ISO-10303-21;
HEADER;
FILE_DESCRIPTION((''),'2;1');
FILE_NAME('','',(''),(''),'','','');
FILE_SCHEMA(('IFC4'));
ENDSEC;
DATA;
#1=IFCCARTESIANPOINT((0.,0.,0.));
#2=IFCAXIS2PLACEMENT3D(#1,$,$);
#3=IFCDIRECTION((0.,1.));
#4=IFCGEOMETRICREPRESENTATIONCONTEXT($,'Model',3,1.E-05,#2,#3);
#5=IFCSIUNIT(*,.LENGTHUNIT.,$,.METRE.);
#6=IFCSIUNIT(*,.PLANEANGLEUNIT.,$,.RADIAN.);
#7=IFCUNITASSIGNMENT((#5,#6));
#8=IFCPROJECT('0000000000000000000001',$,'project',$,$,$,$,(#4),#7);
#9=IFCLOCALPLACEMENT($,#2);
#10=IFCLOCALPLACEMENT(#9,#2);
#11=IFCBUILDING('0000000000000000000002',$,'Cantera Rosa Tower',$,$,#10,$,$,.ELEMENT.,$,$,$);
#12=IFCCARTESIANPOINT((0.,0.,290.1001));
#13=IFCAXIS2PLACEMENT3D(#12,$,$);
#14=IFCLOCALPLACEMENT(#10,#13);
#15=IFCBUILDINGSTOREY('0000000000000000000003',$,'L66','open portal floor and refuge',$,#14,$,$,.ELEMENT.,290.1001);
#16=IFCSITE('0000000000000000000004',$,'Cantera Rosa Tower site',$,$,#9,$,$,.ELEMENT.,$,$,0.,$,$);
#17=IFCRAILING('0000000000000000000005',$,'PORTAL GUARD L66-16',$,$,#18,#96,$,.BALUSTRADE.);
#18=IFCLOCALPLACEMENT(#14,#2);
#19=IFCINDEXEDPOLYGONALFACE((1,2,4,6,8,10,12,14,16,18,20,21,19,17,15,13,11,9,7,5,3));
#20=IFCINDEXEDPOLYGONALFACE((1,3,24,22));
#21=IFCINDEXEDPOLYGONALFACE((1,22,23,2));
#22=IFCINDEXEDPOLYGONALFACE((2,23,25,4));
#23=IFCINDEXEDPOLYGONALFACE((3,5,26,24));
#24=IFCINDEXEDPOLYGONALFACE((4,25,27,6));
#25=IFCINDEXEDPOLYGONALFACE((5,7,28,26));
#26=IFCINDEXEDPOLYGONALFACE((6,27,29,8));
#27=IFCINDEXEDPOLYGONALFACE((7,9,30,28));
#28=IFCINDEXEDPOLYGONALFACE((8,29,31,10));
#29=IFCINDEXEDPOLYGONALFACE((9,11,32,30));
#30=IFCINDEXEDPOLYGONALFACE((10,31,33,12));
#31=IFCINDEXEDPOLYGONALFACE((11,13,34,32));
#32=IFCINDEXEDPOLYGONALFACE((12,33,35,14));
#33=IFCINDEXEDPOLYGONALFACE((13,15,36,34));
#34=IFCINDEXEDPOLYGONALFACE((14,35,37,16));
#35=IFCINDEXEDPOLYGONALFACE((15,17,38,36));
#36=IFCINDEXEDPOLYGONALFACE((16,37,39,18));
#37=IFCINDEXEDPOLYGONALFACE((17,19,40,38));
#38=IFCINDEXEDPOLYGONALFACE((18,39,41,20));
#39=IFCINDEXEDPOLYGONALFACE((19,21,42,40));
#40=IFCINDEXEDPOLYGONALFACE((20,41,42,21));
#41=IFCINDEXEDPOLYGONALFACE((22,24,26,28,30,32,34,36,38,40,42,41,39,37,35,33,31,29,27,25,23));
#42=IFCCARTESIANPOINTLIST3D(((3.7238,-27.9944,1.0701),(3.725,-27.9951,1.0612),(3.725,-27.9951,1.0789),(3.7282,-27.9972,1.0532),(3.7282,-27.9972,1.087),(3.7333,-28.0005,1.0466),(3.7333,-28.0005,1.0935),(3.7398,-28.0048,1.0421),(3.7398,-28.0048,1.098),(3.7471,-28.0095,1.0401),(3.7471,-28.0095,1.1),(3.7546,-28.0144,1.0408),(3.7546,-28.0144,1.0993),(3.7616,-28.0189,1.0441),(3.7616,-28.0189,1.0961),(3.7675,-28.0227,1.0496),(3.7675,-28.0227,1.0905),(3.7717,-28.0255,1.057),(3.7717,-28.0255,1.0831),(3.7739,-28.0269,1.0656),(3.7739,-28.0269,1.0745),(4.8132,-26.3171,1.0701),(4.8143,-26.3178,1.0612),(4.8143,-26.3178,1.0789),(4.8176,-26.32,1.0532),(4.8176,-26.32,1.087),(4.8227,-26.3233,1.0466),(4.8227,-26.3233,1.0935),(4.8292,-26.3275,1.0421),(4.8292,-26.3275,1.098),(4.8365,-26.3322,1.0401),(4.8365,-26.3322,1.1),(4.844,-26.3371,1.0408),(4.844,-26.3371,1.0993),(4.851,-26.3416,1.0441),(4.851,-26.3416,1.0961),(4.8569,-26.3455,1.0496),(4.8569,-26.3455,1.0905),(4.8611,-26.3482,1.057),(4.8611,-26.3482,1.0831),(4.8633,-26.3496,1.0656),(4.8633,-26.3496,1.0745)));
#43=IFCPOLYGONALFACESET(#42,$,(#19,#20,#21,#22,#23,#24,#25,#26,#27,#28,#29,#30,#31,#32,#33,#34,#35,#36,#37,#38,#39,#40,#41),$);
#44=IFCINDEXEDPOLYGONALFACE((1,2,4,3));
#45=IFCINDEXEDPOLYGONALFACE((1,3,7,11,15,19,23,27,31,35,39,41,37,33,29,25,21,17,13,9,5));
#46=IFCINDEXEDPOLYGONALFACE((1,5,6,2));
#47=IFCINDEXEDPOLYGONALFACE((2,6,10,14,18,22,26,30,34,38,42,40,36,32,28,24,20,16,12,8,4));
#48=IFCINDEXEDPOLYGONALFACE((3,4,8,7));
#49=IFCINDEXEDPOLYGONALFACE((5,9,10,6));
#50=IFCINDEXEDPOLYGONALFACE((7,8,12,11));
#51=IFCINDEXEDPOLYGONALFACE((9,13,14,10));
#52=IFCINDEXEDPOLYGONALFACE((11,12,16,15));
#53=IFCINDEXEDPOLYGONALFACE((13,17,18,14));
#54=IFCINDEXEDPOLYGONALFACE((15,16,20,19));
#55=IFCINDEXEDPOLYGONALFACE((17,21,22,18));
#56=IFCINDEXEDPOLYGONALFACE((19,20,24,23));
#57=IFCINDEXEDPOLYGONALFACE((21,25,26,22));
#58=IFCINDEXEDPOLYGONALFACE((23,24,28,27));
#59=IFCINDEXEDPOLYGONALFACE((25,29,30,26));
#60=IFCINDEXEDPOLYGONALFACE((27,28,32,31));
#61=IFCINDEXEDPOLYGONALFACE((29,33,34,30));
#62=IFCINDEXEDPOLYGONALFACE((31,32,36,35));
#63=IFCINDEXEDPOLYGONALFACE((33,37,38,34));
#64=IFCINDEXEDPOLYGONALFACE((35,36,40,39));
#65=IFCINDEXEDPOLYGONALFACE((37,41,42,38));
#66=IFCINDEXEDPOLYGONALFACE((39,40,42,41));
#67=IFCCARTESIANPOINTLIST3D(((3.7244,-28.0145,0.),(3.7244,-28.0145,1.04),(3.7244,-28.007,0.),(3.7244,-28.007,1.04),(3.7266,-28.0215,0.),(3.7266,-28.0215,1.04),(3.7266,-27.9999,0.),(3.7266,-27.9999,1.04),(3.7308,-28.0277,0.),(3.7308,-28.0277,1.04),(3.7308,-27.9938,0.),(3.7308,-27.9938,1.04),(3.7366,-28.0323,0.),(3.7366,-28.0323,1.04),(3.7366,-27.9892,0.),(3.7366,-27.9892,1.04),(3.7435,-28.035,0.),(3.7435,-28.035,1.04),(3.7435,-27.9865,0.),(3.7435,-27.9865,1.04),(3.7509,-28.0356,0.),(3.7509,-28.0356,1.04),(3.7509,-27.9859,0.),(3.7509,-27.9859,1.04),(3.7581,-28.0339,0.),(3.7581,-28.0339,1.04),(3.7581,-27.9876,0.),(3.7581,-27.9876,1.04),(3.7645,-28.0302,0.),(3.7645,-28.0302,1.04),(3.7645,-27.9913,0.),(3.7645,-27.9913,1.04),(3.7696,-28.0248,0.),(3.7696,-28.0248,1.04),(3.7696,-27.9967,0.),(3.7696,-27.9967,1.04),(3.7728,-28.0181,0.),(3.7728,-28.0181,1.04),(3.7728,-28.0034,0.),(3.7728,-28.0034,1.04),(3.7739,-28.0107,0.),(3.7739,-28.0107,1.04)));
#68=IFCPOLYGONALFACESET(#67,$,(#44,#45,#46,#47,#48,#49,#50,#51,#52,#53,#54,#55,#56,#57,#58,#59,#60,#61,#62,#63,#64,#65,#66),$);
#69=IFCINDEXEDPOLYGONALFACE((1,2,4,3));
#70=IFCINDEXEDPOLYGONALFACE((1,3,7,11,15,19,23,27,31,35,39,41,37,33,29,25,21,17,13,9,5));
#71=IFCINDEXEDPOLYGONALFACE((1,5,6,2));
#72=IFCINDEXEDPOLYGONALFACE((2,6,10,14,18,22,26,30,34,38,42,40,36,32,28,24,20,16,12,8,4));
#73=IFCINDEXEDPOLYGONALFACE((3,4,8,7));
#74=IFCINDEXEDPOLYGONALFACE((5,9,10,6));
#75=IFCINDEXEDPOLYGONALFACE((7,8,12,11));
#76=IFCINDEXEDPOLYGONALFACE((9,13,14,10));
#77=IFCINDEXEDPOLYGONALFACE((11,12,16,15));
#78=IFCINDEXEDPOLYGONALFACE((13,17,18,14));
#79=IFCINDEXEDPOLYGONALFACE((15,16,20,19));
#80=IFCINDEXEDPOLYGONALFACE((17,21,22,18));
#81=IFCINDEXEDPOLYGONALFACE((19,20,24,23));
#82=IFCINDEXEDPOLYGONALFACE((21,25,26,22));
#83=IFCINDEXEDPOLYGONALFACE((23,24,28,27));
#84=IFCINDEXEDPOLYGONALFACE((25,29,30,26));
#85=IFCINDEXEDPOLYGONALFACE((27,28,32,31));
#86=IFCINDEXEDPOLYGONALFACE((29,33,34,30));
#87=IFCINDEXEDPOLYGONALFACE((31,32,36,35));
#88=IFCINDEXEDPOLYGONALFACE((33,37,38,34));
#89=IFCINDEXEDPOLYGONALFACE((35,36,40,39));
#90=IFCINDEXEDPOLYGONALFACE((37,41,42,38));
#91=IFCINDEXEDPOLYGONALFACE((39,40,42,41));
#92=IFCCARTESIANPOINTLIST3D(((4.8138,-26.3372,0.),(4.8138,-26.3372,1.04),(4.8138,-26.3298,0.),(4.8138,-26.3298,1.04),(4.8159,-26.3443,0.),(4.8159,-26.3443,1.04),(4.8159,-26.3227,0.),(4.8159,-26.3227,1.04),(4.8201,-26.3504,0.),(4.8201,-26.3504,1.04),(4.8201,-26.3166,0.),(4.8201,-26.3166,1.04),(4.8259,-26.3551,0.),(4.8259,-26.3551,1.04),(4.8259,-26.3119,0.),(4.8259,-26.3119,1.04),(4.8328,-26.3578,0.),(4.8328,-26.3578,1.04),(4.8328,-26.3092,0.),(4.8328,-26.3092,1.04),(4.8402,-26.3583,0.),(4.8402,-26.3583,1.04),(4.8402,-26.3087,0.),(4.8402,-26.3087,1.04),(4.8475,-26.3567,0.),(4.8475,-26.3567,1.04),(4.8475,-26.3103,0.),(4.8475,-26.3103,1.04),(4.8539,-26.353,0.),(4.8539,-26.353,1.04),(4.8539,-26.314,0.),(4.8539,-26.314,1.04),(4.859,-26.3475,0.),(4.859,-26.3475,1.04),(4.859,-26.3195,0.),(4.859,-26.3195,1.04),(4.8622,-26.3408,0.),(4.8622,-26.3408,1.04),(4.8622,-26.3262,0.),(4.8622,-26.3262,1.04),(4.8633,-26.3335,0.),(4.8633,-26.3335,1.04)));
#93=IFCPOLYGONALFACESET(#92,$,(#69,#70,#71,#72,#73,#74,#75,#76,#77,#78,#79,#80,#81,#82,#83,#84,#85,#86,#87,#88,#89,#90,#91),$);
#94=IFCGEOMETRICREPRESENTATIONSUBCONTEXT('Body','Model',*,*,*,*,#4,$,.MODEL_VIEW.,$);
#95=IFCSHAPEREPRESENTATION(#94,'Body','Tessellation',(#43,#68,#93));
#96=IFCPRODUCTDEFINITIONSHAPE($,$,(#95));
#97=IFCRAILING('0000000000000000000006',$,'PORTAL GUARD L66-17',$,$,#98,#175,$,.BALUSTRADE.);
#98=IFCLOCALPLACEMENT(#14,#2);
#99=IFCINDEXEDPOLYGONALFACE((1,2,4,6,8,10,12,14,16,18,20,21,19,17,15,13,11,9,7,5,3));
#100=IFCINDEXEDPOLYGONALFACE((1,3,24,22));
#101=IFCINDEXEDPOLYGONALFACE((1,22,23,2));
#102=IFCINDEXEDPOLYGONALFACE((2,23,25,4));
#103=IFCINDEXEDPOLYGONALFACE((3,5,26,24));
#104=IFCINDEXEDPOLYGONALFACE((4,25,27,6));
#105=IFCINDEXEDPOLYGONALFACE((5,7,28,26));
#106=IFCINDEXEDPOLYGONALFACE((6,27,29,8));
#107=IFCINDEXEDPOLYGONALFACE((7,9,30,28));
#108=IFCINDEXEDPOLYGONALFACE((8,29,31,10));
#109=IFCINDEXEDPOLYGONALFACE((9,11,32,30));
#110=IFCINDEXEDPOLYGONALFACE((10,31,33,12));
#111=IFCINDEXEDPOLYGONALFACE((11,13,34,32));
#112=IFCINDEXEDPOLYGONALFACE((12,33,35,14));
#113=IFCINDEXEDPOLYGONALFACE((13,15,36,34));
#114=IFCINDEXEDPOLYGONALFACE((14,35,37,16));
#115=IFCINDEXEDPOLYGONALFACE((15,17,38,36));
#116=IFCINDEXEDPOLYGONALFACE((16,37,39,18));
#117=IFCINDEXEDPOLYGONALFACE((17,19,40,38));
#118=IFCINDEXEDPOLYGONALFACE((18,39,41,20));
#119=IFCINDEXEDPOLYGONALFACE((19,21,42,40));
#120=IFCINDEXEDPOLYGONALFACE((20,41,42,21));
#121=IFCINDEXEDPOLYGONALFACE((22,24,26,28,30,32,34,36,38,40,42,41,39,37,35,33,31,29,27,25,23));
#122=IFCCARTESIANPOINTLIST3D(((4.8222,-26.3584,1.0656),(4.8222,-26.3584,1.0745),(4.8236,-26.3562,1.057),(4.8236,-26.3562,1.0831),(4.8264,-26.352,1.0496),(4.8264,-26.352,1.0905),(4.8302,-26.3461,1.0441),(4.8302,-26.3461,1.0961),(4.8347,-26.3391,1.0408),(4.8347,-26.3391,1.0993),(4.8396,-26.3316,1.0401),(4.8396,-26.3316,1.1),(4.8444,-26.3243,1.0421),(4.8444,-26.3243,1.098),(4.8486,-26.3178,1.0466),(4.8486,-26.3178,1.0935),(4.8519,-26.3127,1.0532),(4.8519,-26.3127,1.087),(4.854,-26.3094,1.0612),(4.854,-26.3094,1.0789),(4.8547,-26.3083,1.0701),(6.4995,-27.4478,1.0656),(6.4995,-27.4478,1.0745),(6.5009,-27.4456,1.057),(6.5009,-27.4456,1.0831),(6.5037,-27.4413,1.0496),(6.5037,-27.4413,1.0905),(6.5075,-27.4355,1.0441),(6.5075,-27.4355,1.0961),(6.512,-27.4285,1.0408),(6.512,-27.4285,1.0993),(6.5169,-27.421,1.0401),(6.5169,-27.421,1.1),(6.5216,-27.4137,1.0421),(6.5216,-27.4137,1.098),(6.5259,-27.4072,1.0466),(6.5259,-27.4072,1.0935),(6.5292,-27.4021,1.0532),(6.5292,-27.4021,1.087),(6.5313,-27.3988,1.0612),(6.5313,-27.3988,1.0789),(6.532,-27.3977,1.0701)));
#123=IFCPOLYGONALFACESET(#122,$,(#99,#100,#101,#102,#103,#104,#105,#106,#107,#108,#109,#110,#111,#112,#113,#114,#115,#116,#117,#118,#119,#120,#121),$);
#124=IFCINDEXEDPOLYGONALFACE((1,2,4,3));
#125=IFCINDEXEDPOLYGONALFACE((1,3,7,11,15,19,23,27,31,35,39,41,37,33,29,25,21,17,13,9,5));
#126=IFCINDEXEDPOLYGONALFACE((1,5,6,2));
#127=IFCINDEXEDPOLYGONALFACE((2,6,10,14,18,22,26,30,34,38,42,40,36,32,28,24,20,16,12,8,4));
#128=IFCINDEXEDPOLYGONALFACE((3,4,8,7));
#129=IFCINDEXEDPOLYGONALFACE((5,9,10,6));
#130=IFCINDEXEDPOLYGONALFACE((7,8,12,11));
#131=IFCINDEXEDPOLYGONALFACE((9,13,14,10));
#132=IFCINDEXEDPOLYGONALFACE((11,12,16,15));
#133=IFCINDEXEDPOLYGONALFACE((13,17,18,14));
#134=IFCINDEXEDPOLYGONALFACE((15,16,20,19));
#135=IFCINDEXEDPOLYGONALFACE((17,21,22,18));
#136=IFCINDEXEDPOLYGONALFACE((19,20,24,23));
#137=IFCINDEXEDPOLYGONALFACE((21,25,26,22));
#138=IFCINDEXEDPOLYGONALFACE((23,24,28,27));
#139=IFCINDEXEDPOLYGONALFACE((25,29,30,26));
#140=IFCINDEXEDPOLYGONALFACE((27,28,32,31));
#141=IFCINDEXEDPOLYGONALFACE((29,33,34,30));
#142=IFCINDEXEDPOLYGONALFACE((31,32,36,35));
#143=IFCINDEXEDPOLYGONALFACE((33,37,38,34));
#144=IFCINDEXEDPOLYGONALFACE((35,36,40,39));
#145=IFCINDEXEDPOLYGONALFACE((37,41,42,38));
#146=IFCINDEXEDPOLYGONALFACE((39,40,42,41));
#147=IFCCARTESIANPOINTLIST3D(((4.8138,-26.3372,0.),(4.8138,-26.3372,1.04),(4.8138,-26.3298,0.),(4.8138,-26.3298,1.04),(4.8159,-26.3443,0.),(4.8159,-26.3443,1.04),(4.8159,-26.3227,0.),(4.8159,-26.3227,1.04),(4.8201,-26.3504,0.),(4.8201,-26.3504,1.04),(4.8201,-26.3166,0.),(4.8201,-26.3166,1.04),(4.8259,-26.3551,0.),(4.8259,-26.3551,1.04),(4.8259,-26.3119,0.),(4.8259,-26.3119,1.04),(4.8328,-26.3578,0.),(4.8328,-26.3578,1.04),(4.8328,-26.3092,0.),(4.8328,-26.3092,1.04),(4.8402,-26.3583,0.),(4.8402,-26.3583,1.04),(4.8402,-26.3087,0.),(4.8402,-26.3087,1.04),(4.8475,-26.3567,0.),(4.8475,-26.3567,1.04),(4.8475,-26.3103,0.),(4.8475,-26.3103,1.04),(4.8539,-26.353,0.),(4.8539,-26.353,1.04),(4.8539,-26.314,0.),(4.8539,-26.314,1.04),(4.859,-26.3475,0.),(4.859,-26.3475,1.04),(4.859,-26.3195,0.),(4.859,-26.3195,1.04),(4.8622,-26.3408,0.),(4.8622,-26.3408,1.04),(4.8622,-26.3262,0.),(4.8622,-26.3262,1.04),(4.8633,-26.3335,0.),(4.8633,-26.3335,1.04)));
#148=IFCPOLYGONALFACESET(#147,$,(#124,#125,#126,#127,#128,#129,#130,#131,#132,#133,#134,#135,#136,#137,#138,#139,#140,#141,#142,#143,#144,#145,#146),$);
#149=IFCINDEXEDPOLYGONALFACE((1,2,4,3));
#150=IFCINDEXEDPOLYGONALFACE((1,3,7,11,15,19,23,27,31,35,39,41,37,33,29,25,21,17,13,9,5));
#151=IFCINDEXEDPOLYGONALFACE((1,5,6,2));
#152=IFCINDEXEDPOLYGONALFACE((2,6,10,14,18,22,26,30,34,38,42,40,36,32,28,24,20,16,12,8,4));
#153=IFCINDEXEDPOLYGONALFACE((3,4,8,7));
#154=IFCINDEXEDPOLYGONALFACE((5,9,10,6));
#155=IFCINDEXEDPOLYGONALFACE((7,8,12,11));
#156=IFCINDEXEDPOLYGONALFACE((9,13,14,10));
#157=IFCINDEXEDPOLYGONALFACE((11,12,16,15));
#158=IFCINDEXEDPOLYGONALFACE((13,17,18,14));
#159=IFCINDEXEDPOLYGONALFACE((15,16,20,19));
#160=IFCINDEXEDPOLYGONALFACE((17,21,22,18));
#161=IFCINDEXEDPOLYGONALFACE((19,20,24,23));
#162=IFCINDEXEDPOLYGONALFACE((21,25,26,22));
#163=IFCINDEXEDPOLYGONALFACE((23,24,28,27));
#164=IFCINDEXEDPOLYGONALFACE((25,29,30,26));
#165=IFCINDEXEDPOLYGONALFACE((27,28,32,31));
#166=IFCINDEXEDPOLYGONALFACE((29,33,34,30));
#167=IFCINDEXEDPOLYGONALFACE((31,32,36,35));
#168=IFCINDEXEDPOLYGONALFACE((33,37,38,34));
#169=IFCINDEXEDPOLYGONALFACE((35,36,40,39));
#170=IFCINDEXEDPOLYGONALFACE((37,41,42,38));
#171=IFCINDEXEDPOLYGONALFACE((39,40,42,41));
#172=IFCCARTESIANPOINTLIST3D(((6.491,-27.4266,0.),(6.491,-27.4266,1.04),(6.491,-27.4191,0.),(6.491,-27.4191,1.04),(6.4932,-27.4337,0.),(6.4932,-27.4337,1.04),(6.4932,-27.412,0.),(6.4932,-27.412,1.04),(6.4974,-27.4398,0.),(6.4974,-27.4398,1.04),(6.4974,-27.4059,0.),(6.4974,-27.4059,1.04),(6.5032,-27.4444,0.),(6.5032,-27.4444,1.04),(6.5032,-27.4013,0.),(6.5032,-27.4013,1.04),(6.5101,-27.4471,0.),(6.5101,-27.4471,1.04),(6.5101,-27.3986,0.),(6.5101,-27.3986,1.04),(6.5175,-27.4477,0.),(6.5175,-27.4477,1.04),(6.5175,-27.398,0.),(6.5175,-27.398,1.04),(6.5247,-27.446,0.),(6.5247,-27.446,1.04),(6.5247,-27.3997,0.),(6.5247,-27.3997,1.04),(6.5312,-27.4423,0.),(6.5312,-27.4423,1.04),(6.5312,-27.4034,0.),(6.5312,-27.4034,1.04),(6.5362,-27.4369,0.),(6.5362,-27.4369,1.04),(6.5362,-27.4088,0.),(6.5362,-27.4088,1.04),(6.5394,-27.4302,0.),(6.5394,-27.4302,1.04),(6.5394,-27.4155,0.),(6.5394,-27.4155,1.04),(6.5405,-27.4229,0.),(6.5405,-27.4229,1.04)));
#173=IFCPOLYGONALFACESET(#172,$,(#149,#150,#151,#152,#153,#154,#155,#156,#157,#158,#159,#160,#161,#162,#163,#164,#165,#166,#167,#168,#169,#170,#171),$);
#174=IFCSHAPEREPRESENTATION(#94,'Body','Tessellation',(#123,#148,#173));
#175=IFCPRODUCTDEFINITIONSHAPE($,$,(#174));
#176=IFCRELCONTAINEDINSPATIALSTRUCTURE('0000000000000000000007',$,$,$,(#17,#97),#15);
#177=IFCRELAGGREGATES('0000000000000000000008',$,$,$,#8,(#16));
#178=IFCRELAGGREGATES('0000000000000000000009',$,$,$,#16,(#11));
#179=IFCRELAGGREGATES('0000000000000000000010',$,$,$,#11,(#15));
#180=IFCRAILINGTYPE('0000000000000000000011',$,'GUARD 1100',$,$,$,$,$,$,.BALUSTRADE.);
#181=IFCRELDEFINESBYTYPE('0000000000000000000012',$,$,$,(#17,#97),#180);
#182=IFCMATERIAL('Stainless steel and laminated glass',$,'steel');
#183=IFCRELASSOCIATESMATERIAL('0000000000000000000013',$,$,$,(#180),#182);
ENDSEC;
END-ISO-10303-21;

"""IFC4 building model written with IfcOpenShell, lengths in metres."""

from ifc_helpers import new_model, si_unit, direction, frame, origin, origin_2d, place, context, subcontext, project, spatial, circle, extrude, material, type_object, element, save


model = new_model("IFC4")

# Units and contexts
model_context = context("Model", 3, precision=1e-05, world=origin(), true_north=direction((0.0, 1.0)))
body_context = subcontext(model_context, "Body", "Model", "MODEL_VIEW")
ifc_project = project(units=[si_unit("LENGTHUNIT", "METRE"), si_unit("PLANEANGLEUNIT", "RADIAN")], contexts=[model_context])

# Site, building, storey
site_placement = place(None, origin())
site = spatial("IfcSite", under=ifc_project, at=site_placement, Name="Cantera Rosa Tower site", CompositionType="ELEMENT", RefElevation=0.0)
building_placement = place(site_placement, origin())
building = spatial("IfcBuilding", under=site, at=building_placement, Name="Cantera Rosa Tower", CompositionType="ELEMENT")
storey_placement = place(building_placement, frame((0.0, 0.0, 290.1001)))
storey = spatial("IfcBuildingStorey", under=building, at=storey_placement, Name="L66", Description="open portal floor and refuge", CompositionType="ELEMENT", Elevation=290.1001)

# Railings
ifc_material_1 = material(Name="Stainless steel and laminated glass", Category="steel")
railing_type = type_object("IfcRailingType", Name="GUARD 1100", PredefinedType="BALUSTRADE", material=ifc_material_1)
railing_1_placement = place(storey_placement, frame((3.749, -28.0107, 0.0)))
element("IfcRailing", 1, at=railing_1_placement, inside=storey, type_object=railing_type, Name="PORTAL GUARD L66-16", PredefinedType="BALUSTRADE", context=body_context, shape_type="SweptSolid", body=[
    extrude(circle(Radius=0.03, at=origin_2d()), frame((0.0, 0.0, 1.0701), z_axis=(0.544688, 0.838639, 0.0), x_axis=(-0.838639, 0.544688, 0.0)), (0.0, 0.0, 1.0), 2.0),
    extrude(circle(Radius=0.0249, at=origin_2d()), origin(), (0.0, 0.0, 1.0), 1.04),
    extrude(circle(Radius=0.0249, at=origin_2d()), frame((1.0894, 1.6772, 0.0)), (0.0, 0.0, 1.0), 1.04),
])
railing_2_placement = place(storey_placement, frame((4.8384, -26.3335, 0.0)))
element("IfcRailing", 2, at=railing_2_placement, inside=storey, type_object=railing_type, Name="PORTAL GUARD L66-17", PredefinedType="BALUSTRADE", context=body_context, shape_type="SweptSolid", body=[
    extrude(circle(Radius=0.03, at=origin_2d()), frame((0.0, 0.0, 1.0701), z_axis=(0.838639, -0.544688, 0.0), x_axis=(0.544688, 0.838639, 0.0)), (0.0, 0.0, 1.0), 2.0),
    extrude(circle(Radius=0.0249, at=origin_2d()), origin(), (0.0, 0.0, 1.0), 1.04),
    extrude(circle(Radius=0.0249, at=origin_2d()), frame((1.6772, -1.0894, 0.0)), (0.0, 0.0, 1.0), 1.04),
])

save(model, "model.ifc")
